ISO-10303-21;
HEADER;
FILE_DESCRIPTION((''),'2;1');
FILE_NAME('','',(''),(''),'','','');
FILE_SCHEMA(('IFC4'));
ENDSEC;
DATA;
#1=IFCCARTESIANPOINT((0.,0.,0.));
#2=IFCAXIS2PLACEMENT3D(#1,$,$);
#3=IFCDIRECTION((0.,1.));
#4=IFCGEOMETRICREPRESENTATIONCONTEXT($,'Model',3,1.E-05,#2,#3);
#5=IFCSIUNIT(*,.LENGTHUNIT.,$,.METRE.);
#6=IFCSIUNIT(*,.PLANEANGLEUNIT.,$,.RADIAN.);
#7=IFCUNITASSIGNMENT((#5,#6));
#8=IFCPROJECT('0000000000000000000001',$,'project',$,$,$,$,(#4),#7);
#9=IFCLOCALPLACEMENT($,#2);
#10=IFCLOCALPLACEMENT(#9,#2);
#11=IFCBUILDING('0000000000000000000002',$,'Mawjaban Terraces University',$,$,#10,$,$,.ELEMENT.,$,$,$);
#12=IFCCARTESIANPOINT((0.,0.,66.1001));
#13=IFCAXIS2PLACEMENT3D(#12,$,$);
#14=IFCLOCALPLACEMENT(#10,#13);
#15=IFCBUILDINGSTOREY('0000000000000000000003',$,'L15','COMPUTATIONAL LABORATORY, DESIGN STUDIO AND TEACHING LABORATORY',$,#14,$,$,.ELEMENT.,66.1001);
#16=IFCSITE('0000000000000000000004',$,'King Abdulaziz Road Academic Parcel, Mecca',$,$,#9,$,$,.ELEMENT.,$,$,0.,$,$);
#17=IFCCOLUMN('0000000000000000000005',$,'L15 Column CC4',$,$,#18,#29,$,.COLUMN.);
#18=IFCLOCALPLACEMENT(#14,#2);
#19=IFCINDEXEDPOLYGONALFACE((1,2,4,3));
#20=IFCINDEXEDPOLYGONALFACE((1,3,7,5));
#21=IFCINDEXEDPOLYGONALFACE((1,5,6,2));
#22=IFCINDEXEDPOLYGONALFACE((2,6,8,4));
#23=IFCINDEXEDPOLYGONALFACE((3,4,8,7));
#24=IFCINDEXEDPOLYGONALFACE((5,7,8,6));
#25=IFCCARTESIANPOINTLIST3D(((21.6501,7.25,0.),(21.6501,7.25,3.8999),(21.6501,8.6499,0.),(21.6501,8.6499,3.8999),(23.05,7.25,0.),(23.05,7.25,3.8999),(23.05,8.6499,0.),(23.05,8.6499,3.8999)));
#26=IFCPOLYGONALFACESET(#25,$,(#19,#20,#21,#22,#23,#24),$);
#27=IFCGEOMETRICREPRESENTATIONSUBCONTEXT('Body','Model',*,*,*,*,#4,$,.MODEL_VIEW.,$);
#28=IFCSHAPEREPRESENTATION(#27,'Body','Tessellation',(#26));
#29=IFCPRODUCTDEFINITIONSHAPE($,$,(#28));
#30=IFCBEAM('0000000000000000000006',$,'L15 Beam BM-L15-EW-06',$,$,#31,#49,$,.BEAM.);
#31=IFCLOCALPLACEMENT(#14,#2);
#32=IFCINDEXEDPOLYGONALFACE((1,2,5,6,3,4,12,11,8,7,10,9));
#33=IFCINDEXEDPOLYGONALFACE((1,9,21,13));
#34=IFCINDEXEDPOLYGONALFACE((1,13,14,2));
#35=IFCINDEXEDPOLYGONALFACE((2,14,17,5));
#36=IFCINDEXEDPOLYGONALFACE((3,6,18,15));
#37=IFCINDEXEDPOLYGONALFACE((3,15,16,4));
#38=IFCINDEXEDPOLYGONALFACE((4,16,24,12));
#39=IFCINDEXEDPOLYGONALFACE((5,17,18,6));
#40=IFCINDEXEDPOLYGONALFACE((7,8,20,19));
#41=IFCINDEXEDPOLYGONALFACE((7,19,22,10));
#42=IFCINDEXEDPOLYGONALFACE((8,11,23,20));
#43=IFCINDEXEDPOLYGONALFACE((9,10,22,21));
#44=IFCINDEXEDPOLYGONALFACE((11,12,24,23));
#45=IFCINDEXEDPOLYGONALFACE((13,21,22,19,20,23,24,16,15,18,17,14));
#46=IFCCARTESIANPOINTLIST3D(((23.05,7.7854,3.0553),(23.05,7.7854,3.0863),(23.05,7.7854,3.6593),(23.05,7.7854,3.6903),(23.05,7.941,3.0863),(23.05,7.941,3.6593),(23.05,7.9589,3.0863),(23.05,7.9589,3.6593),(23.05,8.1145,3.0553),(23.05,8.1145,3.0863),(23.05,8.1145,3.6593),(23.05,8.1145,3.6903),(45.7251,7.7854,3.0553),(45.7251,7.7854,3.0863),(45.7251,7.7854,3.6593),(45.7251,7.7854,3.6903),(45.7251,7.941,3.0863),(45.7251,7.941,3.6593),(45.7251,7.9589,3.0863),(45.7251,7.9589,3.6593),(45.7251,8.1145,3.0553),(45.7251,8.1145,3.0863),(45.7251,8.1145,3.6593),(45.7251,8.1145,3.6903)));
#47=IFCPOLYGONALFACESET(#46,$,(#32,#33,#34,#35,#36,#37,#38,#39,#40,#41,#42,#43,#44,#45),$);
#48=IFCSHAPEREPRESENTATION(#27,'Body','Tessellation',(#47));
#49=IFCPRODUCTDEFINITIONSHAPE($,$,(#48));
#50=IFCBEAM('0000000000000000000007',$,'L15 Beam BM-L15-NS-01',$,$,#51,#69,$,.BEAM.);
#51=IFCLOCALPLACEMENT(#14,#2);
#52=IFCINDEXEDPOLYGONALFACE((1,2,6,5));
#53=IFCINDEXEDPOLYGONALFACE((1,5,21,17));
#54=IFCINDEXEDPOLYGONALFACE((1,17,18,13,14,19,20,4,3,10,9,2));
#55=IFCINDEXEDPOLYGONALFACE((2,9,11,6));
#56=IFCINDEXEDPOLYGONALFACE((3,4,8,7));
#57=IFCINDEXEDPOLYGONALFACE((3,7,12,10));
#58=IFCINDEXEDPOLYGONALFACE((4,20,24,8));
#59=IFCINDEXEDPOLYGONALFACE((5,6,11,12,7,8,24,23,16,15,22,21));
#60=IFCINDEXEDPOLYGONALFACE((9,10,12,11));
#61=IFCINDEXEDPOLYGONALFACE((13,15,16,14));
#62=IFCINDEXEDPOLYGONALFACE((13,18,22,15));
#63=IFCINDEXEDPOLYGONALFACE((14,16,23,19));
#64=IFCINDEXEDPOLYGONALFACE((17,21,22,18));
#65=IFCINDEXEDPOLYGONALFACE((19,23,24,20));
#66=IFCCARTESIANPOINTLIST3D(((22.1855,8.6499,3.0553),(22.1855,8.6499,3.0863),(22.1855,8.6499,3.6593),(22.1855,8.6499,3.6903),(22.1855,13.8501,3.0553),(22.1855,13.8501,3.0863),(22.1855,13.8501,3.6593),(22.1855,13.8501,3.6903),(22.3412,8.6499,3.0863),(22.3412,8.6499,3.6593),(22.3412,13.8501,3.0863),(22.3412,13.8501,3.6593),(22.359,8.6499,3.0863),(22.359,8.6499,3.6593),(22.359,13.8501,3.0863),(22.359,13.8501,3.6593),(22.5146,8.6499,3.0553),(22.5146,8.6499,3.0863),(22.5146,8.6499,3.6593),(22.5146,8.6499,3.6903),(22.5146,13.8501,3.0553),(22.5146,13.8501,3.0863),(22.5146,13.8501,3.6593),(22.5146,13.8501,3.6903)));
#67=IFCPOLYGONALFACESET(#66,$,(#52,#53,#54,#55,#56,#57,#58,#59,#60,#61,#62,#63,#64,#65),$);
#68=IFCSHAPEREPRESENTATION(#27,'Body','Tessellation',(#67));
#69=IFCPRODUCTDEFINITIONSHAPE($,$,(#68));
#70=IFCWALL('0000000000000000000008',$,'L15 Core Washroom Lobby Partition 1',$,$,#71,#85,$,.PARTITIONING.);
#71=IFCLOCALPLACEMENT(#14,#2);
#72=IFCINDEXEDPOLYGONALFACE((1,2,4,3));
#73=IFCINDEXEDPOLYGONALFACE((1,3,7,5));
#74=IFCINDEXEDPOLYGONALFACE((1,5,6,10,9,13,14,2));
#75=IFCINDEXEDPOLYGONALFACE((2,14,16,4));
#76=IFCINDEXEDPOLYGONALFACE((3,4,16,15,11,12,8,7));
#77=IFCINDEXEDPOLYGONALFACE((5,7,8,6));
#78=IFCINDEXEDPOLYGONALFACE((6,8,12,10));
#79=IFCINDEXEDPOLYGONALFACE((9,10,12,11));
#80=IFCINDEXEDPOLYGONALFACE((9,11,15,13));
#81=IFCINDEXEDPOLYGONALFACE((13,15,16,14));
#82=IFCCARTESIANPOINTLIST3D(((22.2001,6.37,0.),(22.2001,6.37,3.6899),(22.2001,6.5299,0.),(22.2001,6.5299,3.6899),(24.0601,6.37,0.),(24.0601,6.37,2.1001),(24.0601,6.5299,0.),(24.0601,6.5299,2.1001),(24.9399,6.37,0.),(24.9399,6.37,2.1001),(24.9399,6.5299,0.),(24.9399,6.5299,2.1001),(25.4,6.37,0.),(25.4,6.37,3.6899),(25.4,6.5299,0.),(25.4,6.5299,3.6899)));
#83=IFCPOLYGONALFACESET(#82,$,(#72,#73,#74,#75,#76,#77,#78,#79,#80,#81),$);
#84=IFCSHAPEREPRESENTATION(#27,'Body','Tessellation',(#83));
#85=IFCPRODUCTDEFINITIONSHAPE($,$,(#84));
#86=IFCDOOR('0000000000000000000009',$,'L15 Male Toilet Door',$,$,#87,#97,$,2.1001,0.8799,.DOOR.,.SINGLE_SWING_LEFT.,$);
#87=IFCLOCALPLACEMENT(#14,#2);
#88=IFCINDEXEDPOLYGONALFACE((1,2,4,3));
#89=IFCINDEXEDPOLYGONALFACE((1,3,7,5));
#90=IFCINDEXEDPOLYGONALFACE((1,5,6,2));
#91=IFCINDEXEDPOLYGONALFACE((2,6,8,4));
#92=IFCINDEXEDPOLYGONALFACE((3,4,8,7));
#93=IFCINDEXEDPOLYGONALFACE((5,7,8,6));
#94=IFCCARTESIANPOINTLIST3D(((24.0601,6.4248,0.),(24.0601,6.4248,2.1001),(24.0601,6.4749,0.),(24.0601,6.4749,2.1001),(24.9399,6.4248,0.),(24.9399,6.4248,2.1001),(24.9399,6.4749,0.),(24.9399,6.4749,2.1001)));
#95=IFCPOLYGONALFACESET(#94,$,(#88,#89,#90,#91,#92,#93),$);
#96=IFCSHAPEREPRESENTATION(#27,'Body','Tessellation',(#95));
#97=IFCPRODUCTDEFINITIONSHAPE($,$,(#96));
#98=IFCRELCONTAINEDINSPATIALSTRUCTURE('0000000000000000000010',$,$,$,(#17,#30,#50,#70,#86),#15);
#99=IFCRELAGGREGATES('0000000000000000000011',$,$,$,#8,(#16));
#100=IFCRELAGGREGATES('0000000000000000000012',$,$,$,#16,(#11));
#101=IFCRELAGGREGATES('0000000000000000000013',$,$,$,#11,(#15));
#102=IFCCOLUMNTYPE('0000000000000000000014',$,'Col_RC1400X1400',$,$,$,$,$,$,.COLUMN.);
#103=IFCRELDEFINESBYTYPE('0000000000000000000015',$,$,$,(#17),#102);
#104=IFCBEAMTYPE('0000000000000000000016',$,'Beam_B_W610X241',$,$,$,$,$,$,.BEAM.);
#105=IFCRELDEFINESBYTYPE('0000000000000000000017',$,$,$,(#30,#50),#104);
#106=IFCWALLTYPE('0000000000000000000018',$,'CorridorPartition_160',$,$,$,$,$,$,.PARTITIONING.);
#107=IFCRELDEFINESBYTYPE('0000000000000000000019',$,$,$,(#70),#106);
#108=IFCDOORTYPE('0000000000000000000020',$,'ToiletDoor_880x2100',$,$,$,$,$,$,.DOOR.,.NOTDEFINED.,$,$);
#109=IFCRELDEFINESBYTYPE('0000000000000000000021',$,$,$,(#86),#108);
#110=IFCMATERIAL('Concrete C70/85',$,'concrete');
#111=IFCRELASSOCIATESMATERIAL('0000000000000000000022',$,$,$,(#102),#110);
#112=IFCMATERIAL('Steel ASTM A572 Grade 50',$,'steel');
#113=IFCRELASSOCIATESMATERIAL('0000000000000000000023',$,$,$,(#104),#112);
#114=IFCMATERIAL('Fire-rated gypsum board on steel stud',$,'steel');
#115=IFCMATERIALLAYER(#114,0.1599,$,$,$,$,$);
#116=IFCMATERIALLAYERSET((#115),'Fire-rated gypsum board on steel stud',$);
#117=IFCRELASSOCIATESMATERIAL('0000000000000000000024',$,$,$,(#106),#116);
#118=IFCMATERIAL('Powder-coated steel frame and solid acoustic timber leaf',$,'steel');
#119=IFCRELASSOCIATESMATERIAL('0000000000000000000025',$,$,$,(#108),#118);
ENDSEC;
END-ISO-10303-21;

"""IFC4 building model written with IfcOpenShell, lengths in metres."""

from ifc_helpers import new_model, si_unit, direction, frame, frame_2d, origin, origin_2d, place, context, subcontext, project, spatial, rectangle, i_section, extrude, material, layer, layer_set, material_profile, profile_set, type_object, element, fill, save


model = new_model("IFC4")

# Units and contexts
model_context = context("Model", 3, precision=1e-05, world=origin(), true_north=direction((0.0, 1.0)))
body_context = subcontext(model_context, "Body", "Model", "MODEL_VIEW")
ifc_project = project(units=[si_unit("LENGTHUNIT", "METRE"), si_unit("PLANEANGLEUNIT", "RADIAN")], contexts=[model_context])

# Site, building, storey
site_placement = place(None, origin())
site = spatial("IfcSite", under=ifc_project, at=site_placement, Name="King Abdulaziz Road Academic Parcel, Mecca", CompositionType="ELEMENT", RefElevation=0.0)
building_placement = place(site_placement, origin())
building = spatial("IfcBuilding", under=site, at=building_placement, Name="Mawjaban Terraces University", CompositionType="ELEMENT")
storey_placement = place(building_placement, frame((0.0, 0.0, 66.1001)))
storey = spatial("IfcBuildingStorey", under=building, at=storey_placement, Name="L15", Description="COMPUTATIONAL LABORATORY, DESIGN STUDIO AND TEACHING LABORATORY", CompositionType="ELEMENT", Elevation=66.1001)

# Column
ifc_material_1 = material(Name="Concrete C70/85", Category="concrete")
ifc_material_profile_1 = material_profile(ifc_material_1, rectangle(XDim=1.3999, YDim=1.3999, at=origin_2d()), Name="RC1400X1400")
ifc_profile_set_1 = profile_set([ifc_material_profile_1], Name="Concrete C70/85")
column_type = type_object("IfcColumnType", Name="Col_RC1400X1400", PredefinedType="COLUMN", material=ifc_profile_set_1)
column_placement = place(storey_placement, frame((22.3501, 7.95, 0.0), z_axis=(0.0, 0.0, 1.0), x_axis=(1.0, 0.0, 0.0)))
element("IfcColumn", 1, at=column_placement, inside=storey, type_object=column_type, Name="L15 Column CC4", PredefinedType="COLUMN", context=body_context, shape_type="SweptSolid", body=[
    extrude(rectangle(XDim=1.3999, YDim=1.3999, at=origin_2d()), origin(), (0.0, 0.0, 1.0), 3.8999),
])

# Beams
ifc_material_2 = material(Name="Steel ASTM A572 Grade 50", Category="steel")
ifc_material_profile_2 = material_profile(ifc_material_2, i_section(OverallWidth=0.3291, OverallDepth=0.635, WebThickness=0.0178, FlangeThickness=0.031, at=origin_2d()), Name="W610X241")
ifc_profile_set_2 = profile_set([ifc_material_profile_2], Name="Steel ASTM A572 Grade 50")
beam_type = type_object("IfcBeamType", Name="Beam_B_W610X241", PredefinedType="BEAM", material=ifc_profile_set_2)
beam_1_placement = place(storey_placement, frame((23.05, 7.95, 3.3728), z_axis=(1.0, 0.0, 0.0), x_axis=(0.0, 1.0, 0.0)))
element("IfcBeam", 2, at=beam_1_placement, inside=storey, type_object=beam_type, Name="L15 Beam BM-L15-EW-06", PredefinedType="BEAM", context=body_context, shape_type="SweptSolid", body=[
    extrude(i_section(OverallWidth=0.3291, OverallDepth=0.635, WebThickness=0.0178, FlangeThickness=0.031, at=origin_2d()), origin(), (0.0, 0.0, 1.0), 22.675),
])
beam_2_placement = place(storey_placement, frame((22.3501, 8.6499, 3.3728), z_axis=(0.0, 1.0, 0.0), x_axis=(-1.0, 0.0, 0.0)))
element("IfcBeam", 3, at=beam_2_placement, inside=storey, type_object=beam_type, Name="L15 Beam BM-L15-NS-01", PredefinedType="BEAM", context=body_context, shape_type="SweptSolid", body=[
    extrude(i_section(OverallWidth=0.3291, OverallDepth=0.635, WebThickness=0.0178, FlangeThickness=0.031, at=origin_2d()), origin(), (0.0, 0.0, 1.0), 5.2002),
])

# Wall, opening, door
ifc_material_3 = material(Name="Fire-rated gypsum board on steel stud", Category="steel")
ifc_layer_1 = layer(ifc_material_3, 0.1599)
ifc_layer_set_1 = layer_set([ifc_layer_1], Name="Fire-rated gypsum board on steel stud")
wall_type_1 = type_object("IfcWallType", Name="CorridorPartition_160", PredefinedType="PARTITIONING", material=ifc_layer_set_1)
wall_1_placement = place(storey_placement, frame((22.2, 6.45, 0.0), z_axis=(0.0, 0.0, 1.0), x_axis=(1.0, 0.0, 0.0)))
wall_1 = element("IfcWall", 4, at=wall_1_placement, inside=storey, type_object=wall_type_1, Name="L15 Core Washroom Lobby Partition 1", PredefinedType="PARTITIONING", context=body_context, shape_type="SweptSolid", body=[
    extrude(rectangle(XDim=3.2, YDim=0.1599, at=frame_2d((1.6001, 0.0))), origin(), (0.0, 0.0, 1.0), 3.6899),
])
opening_1_placement = place(wall_1_placement, frame((1.8601, 0.0, 0.0)))
opening_1 = element("IfcOpeningElement", 5, at=opening_1_placement, cuts=wall_1, PredefinedType="OPENING", context=body_context, shape_type="SweptSolid", body=[
    extrude(rectangle(XDim=0.8799, YDim=2.1001, at=frame_2d((0.4399, 1.05))), frame((0.0, 0.0898, 0.0), z_axis=(0.0, -1.0, 0.0), x_axis=(1.0, 0.0, 0.0)), (0.0, 0.0, 1.0), 0.1799),
])
ifc_material_4 = material(Name="Powder-coated steel frame and solid acoustic timber leaf", Category="steel")
door_type = type_object("IfcDoorType", Name="ToiletDoor_880x2100", OperationType="NOTDEFINED", PredefinedType="DOOR", material=ifc_material_4)
door_placement = place(opening_1_placement, origin())
door = element("IfcDoor", 6, at=door_placement, inside=storey, type_object=door_type, Name="L15 Male Toilet Door", OperationType="SINGLE_SWING_LEFT", OverallHeight=2.1001, OverallWidth=0.8799, PredefinedType="DOOR", context=body_context, shape_type="SweptSolid", body=[
    extrude(rectangle(XDim=0.8799, YDim=2.1001, at=frame_2d((0.4399, 1.05))), frame((0.0, 0.0249, 0.0), z_axis=(0.0, -1.0, 0.0), x_axis=(1.0, 0.0, 0.0)), (0.0, 0.0, 1.0), 0.05),
])
fill(opening_1, door)

save(model, "model.ifc")
